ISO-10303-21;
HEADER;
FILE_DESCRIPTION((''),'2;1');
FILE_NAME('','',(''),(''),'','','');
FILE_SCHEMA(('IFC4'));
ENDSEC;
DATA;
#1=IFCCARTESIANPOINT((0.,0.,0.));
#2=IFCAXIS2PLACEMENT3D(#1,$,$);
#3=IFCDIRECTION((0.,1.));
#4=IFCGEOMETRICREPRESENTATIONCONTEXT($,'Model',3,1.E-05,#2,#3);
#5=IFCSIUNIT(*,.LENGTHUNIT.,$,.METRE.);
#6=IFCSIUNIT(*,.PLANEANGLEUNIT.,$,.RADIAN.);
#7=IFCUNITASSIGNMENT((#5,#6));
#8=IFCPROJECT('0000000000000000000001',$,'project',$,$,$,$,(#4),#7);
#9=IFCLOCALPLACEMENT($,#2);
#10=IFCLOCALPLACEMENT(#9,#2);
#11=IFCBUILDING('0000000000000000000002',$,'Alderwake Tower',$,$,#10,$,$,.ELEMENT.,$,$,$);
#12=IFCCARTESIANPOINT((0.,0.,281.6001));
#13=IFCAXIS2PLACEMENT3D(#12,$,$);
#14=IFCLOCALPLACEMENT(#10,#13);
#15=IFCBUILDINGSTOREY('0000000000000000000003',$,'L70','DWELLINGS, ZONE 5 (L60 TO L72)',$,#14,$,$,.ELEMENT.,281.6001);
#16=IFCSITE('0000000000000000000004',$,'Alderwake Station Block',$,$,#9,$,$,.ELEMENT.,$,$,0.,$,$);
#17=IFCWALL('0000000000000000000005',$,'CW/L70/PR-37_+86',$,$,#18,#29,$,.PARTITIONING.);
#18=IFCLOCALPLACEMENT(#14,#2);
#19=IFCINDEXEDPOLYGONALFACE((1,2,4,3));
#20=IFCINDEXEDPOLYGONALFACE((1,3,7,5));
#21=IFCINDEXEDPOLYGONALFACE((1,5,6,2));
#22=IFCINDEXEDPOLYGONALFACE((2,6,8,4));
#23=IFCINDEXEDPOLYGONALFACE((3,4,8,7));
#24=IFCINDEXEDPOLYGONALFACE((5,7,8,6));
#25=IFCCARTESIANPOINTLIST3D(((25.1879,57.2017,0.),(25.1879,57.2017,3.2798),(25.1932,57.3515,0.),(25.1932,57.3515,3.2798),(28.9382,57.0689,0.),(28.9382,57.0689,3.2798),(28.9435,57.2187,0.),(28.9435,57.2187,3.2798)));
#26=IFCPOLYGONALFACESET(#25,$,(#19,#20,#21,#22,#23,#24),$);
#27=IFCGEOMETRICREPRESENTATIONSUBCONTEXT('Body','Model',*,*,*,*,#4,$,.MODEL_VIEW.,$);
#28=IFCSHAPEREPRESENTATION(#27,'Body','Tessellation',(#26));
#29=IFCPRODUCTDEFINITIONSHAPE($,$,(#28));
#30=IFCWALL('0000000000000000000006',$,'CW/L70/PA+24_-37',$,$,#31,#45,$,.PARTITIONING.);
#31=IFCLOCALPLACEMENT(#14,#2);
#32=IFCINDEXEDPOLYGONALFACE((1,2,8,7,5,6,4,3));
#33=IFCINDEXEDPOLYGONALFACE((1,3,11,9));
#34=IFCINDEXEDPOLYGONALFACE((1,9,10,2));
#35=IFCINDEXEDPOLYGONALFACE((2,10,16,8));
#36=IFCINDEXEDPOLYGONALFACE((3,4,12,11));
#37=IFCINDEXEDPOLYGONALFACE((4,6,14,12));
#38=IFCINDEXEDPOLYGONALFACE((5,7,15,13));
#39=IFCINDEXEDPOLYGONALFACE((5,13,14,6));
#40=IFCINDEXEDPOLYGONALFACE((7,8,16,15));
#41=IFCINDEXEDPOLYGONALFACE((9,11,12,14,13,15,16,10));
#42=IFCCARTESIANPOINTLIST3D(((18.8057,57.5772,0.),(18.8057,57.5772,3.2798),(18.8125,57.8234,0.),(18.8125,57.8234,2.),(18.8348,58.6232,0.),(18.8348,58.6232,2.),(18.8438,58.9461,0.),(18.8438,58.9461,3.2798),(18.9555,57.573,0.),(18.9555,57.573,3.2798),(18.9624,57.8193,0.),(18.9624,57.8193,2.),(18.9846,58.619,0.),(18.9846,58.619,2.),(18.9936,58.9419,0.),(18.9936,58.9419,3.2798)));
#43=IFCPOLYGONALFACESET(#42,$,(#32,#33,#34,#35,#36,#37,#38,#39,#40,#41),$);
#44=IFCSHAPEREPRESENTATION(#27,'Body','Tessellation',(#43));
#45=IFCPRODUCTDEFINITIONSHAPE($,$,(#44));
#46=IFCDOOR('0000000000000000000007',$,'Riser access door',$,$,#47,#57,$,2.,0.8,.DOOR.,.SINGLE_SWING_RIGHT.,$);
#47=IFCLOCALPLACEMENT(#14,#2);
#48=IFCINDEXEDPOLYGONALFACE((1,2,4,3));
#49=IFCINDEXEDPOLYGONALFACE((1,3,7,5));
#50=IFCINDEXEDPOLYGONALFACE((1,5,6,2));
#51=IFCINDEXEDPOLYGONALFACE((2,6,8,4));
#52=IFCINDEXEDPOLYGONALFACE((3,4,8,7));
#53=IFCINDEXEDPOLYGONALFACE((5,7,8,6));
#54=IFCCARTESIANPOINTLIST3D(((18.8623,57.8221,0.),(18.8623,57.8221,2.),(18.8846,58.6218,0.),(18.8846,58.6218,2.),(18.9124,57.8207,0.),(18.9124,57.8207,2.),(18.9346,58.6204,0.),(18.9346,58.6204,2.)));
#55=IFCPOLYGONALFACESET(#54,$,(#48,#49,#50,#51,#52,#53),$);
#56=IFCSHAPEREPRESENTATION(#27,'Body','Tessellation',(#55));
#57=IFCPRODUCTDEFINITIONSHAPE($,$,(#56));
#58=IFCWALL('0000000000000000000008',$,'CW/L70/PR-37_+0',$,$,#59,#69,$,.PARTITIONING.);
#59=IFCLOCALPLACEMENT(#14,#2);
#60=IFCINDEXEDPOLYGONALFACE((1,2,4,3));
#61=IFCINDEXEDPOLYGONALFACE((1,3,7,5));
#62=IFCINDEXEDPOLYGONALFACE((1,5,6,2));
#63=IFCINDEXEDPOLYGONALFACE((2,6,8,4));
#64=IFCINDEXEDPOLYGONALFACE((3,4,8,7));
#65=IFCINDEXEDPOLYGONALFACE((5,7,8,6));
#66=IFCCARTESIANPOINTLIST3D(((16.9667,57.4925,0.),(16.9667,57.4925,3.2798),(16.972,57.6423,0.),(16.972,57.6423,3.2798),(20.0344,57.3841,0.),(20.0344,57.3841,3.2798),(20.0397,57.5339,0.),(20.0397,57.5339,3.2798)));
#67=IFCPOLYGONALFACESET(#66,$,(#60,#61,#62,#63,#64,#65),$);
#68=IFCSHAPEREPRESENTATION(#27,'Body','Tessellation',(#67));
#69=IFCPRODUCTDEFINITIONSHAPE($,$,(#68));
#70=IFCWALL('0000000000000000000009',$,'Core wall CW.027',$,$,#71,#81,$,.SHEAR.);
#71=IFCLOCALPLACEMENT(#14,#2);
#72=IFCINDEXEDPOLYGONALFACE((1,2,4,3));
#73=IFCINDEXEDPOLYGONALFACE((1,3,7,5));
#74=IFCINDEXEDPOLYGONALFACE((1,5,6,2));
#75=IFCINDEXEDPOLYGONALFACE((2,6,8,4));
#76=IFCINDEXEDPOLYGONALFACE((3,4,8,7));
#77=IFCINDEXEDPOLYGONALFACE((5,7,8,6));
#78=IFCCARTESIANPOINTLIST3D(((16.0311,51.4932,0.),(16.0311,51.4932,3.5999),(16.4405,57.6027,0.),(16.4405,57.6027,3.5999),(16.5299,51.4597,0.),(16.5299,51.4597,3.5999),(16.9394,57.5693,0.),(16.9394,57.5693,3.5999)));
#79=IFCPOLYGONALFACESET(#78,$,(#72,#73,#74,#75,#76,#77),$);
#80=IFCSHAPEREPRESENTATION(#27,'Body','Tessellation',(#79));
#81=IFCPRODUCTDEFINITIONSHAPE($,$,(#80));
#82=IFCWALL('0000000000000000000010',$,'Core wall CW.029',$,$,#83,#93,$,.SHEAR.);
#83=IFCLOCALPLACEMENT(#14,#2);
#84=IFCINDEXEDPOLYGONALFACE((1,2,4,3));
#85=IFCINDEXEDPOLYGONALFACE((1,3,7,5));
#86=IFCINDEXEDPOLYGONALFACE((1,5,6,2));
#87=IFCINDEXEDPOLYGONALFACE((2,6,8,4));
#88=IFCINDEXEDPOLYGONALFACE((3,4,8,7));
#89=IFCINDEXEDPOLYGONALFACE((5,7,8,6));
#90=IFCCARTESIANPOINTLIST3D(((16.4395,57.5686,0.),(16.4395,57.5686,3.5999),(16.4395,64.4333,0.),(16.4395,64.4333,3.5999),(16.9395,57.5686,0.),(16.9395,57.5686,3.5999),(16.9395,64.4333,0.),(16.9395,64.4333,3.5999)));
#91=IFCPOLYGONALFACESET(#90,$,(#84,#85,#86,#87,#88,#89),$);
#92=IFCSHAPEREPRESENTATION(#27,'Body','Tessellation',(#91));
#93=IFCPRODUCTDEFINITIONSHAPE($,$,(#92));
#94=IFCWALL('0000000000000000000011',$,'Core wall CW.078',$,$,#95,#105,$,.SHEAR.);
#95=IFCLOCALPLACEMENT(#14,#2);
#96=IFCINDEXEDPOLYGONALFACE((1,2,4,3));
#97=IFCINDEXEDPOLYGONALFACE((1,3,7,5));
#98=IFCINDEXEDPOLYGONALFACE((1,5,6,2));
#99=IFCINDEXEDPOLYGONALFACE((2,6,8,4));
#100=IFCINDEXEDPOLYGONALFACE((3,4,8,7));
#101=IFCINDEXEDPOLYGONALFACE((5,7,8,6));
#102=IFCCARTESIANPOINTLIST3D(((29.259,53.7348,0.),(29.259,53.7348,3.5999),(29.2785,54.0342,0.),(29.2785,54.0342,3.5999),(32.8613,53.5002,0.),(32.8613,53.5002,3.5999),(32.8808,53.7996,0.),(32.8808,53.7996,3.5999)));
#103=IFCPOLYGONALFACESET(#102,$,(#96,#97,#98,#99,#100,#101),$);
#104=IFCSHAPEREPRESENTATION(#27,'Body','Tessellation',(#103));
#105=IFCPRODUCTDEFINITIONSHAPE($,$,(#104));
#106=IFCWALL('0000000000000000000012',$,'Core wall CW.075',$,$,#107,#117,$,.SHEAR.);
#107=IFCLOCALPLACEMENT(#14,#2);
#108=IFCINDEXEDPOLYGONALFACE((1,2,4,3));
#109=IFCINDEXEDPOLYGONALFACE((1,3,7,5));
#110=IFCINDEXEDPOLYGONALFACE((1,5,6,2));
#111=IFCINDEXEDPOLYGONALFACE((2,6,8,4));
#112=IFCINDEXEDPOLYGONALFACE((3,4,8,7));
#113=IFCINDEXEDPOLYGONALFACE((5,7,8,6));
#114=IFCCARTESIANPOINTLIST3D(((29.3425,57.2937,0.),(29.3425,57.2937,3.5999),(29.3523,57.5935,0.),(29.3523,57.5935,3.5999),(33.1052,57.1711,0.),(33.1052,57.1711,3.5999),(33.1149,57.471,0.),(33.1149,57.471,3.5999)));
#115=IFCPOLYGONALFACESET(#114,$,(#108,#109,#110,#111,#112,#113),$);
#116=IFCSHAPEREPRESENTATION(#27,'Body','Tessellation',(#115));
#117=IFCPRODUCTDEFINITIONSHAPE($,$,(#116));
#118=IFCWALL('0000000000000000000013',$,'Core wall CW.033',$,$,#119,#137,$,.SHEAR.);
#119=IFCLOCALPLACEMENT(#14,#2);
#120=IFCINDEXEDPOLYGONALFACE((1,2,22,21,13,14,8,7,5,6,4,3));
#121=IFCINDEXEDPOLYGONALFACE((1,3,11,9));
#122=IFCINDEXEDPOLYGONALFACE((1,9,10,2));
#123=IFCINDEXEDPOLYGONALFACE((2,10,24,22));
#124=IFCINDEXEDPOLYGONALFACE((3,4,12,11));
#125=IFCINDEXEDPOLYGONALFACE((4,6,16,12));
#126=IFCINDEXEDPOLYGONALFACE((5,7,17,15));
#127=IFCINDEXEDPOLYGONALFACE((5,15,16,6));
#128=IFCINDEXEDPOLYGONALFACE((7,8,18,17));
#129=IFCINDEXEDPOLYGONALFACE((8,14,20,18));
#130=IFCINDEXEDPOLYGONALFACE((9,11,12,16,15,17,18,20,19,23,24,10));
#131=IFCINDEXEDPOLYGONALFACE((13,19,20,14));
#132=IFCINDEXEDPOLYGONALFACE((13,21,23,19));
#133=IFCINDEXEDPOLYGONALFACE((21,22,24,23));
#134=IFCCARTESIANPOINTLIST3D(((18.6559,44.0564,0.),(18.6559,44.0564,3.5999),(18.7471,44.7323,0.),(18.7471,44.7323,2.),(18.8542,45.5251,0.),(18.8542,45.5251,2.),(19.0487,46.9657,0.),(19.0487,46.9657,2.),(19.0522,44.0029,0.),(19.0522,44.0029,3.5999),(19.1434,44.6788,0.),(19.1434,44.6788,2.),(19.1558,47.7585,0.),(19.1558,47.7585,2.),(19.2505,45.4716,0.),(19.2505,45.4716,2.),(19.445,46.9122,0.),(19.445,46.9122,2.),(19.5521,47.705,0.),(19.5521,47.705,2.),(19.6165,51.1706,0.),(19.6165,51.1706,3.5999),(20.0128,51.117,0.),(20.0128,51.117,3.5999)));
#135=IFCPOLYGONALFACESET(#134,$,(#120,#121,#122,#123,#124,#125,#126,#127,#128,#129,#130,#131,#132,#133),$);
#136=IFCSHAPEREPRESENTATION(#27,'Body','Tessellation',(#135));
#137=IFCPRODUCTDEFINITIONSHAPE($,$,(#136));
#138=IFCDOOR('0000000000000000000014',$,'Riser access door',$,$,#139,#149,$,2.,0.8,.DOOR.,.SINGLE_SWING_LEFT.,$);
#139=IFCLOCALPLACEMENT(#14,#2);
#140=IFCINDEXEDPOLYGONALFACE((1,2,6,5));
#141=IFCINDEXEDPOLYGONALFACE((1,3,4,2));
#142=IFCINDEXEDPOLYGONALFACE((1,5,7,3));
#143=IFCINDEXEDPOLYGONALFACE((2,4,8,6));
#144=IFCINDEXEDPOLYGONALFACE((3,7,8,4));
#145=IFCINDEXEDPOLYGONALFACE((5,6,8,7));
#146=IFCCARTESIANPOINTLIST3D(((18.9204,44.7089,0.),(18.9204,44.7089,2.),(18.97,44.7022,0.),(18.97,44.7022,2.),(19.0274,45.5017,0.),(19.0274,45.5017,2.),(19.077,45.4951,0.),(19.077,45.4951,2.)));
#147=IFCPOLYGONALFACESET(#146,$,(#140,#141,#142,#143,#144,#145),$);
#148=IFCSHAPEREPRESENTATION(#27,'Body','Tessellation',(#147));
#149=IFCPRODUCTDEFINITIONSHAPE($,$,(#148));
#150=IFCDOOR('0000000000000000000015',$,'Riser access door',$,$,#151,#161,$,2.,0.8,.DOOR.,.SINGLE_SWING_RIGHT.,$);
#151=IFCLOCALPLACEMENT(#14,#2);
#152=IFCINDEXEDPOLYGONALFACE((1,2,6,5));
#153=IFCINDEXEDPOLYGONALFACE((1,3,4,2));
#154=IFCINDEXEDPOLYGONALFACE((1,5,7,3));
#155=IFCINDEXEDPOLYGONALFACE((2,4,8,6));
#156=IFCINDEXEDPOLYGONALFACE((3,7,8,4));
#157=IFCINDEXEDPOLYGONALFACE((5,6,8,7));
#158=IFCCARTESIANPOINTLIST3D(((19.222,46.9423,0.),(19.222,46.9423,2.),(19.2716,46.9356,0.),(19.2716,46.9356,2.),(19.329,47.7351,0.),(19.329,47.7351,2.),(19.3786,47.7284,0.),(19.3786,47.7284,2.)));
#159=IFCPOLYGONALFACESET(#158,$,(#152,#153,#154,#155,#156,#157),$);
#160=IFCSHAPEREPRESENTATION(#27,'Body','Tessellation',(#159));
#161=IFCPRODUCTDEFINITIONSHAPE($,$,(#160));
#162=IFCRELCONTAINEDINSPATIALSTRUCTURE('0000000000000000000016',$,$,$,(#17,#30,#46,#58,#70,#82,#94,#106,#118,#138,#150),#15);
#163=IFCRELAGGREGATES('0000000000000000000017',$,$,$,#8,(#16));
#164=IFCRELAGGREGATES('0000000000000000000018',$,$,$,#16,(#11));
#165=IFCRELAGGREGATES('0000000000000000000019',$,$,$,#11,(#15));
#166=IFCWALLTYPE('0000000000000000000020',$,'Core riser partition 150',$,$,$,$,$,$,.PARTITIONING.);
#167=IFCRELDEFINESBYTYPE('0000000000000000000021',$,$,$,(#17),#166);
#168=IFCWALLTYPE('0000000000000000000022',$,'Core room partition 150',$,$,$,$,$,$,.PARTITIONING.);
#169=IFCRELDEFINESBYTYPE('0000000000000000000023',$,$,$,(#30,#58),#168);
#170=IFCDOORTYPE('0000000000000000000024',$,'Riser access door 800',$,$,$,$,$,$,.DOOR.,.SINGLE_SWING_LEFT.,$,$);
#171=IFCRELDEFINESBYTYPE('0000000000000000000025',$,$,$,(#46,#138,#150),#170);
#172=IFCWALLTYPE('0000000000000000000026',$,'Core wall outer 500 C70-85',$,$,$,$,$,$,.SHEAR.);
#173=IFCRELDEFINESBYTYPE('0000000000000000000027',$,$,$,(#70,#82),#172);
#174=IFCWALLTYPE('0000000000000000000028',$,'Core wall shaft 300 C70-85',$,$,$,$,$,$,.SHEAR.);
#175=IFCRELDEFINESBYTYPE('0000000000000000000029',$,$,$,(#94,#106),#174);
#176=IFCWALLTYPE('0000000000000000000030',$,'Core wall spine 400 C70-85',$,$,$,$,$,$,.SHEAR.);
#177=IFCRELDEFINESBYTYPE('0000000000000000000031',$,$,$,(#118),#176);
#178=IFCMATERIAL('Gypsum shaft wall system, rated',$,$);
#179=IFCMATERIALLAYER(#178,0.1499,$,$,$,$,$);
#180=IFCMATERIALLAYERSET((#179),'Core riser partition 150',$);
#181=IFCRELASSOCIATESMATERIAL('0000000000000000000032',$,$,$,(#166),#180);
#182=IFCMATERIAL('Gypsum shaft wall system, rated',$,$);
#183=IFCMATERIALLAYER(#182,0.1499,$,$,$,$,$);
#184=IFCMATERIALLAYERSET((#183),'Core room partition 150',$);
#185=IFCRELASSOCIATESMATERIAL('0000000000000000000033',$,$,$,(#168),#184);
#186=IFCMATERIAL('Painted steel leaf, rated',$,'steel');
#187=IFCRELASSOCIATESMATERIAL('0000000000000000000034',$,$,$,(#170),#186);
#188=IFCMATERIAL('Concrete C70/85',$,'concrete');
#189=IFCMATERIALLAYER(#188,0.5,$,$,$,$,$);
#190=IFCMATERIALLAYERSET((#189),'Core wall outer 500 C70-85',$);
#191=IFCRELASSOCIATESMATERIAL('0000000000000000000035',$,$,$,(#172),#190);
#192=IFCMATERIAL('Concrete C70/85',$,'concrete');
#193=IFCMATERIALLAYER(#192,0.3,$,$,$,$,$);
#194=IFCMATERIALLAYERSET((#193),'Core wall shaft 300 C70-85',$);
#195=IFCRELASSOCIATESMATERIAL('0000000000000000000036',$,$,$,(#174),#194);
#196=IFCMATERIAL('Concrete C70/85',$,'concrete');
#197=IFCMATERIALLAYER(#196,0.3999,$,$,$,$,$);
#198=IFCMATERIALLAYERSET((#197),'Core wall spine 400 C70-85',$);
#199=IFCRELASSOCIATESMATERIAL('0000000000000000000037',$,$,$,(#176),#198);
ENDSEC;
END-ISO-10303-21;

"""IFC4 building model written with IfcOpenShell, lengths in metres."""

from ifc_helpers import new_model, si_unit, direction, frame, frame_2d, origin, place, context, subcontext, project, spatial, rectangle, extrude, material, layer, layer_set, type_object, element, fill, save


model = new_model("IFC4")

# Units and contexts
model_context = context("Model", 3, precision=1e-05, world=origin(), true_north=direction((0.0, 1.0)))
body_context = subcontext(model_context, "Body", "Model", "MODEL_VIEW")
ifc_project = project(units=[si_unit("LENGTHUNIT", "METRE"), si_unit("PLANEANGLEUNIT", "RADIAN")], contexts=[model_context])

# Site, building, storey
site_placement = place(None, origin())
site = spatial("IfcSite", under=ifc_project, at=site_placement, Name="Alderwake Station Block", CompositionType="ELEMENT", RefElevation=0.0)
building_placement = place(site_placement, origin())
building = spatial("IfcBuilding", under=site, at=building_placement, Name="Alderwake Tower", CompositionType="ELEMENT")
storey_placement = place(building_placement, frame((0.0, 0.0, 281.6001)))
storey = spatial("IfcBuildingStorey", under=building, at=storey_placement, Name="L70", Description="DWELLINGS, ZONE 5 (L60 TO L72)", CompositionType="ELEMENT", Elevation=281.6001)

# Wall
ifc_material_1 = material(Name="Gypsum shaft wall system, rated")
ifc_layer_1 = layer(ifc_material_1, 0.1499)
ifc_layer_set_1 = layer_set([ifc_layer_1], Name="Core riser partition 150")
wall_type_1 = type_object("IfcWallType", Name="Core riser partition 150", PredefinedType="PARTITIONING", material=ifc_layer_set_1)
wall_1_placement = place(storey_placement, frame((25.1904, 57.2766, 0.0), z_axis=(0.0, 0.0, 1.0), x_axis=(0.999374, -0.035392, 0.0)))
element("IfcWall", 1, at=wall_1_placement, inside=storey, type_object=wall_type_1, Name="CW/L70/PR-37_+86", PredefinedType="PARTITIONING", context=body_context, shape_type="SweptSolid", body=[
    extrude(rectangle(XDim=3.7527, YDim=0.1499, at=frame_2d((1.8765, 0.0))), origin(), (0.0, 0.0, 1.0), 3.2798),
])

# Wall, opening, door
ifc_material_2 = material(Name="Gypsum shaft wall system, rated")
ifc_layer_2 = layer(ifc_material_2, 0.1499)
ifc_layer_set_2 = layer_set([ifc_layer_2], Name="Core room partition 150")
wall_type_2 = type_object("IfcWallType", Name="Core room partition 150", PredefinedType="PARTITIONING", material=ifc_layer_set_2)
wall_2_placement = place(storey_placement, frame((18.9187, 58.9438, 0.0), z_axis=(0.0, 0.0, 1.0), x_axis=(-0.027812, -0.999613, 0.0)))
wall_2 = element("IfcWall", 2, at=wall_2_placement, inside=storey, type_object=wall_type_2, Name="CW/L70/PA+24_-37", PredefinedType="PARTITIONING", context=body_context, shape_type="SweptSolid", body=[
    extrude(rectangle(XDim=1.3694, YDim=0.1499, at=frame_2d((0.6846, 0.0))), origin(), (0.0, 0.0, 1.0), 3.2798),
])
opening_1_placement = place(wall_2_placement, frame((0.323, 0.0, 0.0)))
opening_1 = element("IfcOpeningElement", 3, at=opening_1_placement, cuts=wall_2, PredefinedType="OPENING", context=body_context, shape_type="SweptSolid", body=[
    extrude(rectangle(XDim=0.8, YDim=2.0, at=frame_2d((0.3999, 1.0))), frame((0.0, 0.085, 0.0), z_axis=(0.0, -1.0, 0.0), x_axis=(1.0, 0.0, 0.0)), (0.0, 0.0, 1.0), 0.1699),
])
ifc_material_3 = material(Name="Painted steel leaf, rated", Category="steel")
door_type_1 = type_object("IfcDoorType", Name="Riser access door 800", OperationType="SINGLE_SWING_LEFT", PredefinedType="DOOR", material=ifc_material_3)
door_1_placement = place(opening_1_placement, origin())
door_1 = element("IfcDoor", 4, at=door_1_placement, inside=storey, type_object=door_type_1, Name="Riser access door", OperationType="SINGLE_SWING_RIGHT", OverallHeight=2.0, OverallWidth=0.8, PredefinedType="DOOR", context=body_context, shape_type="SweptSolid", body=[
    extrude(rectangle(XDim=0.8, YDim=2.0, at=frame_2d((0.3999, 1.0))), frame((0.0, 0.0249, 0.0), z_axis=(0.0, -1.0, 0.0), x_axis=(1.0, 0.0, 0.0)), (0.0, 0.0, 1.0), 0.05),
])
fill(opening_1, door_1)

# Walls
wall_3_placement = place(storey_placement, frame((16.9695, 57.5674, 0.0), z_axis=(0.0, 0.0, 1.0), x_axis=(0.999376, -0.035314, 0.0)))
element("IfcWall", 5, at=wall_3_placement, inside=storey, type_object=wall_type_2, Name="CW/L70/PR-37_+0", PredefinedType="PARTITIONING", context=body_context, shape_type="SweptSolid", body=[
    extrude(rectangle(XDim=3.0696, YDim=0.1499, at=frame_2d((1.5347, 0.0))), origin(), (0.0, 0.0, 1.0), 3.2798),
])
ifc_material_4 = material(Name="Concrete C70/85", Category="concrete")
ifc_layer_3 = layer(ifc_material_4, 0.5)
ifc_layer_set_3 = layer_set([ifc_layer_3], Name="Core wall outer 500 C70-85")
wall_type_3 = type_object("IfcWallType", Name="Core wall outer 500 C70-85", PredefinedType="SHEAR", material=ifc_layer_set_3)
wall_4_placement = place(storey_placement, frame((16.2805, 51.4766, 0.0), z_axis=(0.0, 0.0, 1.0), x_axis=(0.066863, 0.997762, 0.0)))
element("IfcWall", 6, at=wall_4_placement, inside=storey, type_object=wall_type_3, Name="Core wall CW.027", PredefinedType="SHEAR", context=body_context, shape_type="SweptSolid", body=[
    extrude(rectangle(XDim=6.1233, YDim=0.5, at=frame_2d((3.0615, 0.0))), origin(), (0.0, 0.0, 1.0), 3.5999),
])
wall_5_placement = place(storey_placement, frame((16.6895, 57.5686, 0.0), z_axis=(0.0, 0.0, 1.0), x_axis=(0.0, 1.0, 0.0)))
element("IfcWall", 7, at=wall_5_placement, inside=storey, type_object=wall_type_3, Name="Core wall CW.029", PredefinedType="SHEAR", context=body_context, shape_type="SweptSolid", body=[
    extrude(rectangle(XDim=6.8647, YDim=0.5, at=frame_2d((3.4324, 0.0))), origin(), (0.0, 0.0, 1.0), 3.5999),
])
ifc_material_5 = material(Name="Concrete C70/85", Category="concrete")
ifc_layer_4 = layer(ifc_material_5, 0.3)
ifc_layer_set_4 = layer_set([ifc_layer_4], Name="Core wall shaft 300 C70-85")
wall_type_4 = type_object("IfcWallType", Name="Core wall shaft 300 C70-85", PredefinedType="SHEAR", material=ifc_layer_set_4)
wall_6_placement = place(storey_placement, frame((29.2688, 53.8845, 0.0), z_axis=(0.0, 0.0, 1.0), x_axis=(0.997886, -0.064993, 0.0)))
element("IfcWall", 8, at=wall_6_placement, inside=storey, type_object=wall_type_4, Name="Core wall CW.078", PredefinedType="SHEAR", context=body_context, shape_type="SweptSolid", body=[
    extrude(rectangle(XDim=3.6099, YDim=0.3, at=frame_2d((1.8049, 0.0))), origin(), (0.0, 0.0, 1.0), 3.5999),
])
wall_7_placement = place(storey_placement, frame((29.3474, 57.4436, 0.0), z_axis=(0.0, 0.0, 1.0), x_axis=(0.99947, -0.032555, 0.0)))
element("IfcWall", 9, at=wall_7_placement, inside=storey, type_object=wall_type_4, Name="Core wall CW.075", PredefinedType="SHEAR", context=body_context, shape_type="SweptSolid", body=[
    extrude(rectangle(XDim=3.7646, YDim=0.3, at=frame_2d((1.8823, 0.0))), origin(), (0.0, 0.0, 1.0), 3.5999),
])

# Wall, openings, doors
ifc_material_6 = material(Name="Concrete C70/85", Category="concrete")
ifc_layer_5 = layer(ifc_material_6, 0.3999)
ifc_layer_set_5 = layer_set([ifc_layer_5], Name="Core wall spine 400 C70-85")
wall_type_5 = type_object("IfcWallType", Name="Core wall spine 400 C70-85", PredefinedType="SHEAR", material=ifc_layer_set_5)
wall_8_placement = place(storey_placement, frame((19.8147, 51.1438, 0.0), z_axis=(0.0, 0.0, 1.0), x_axis=(-0.133823, -0.991005, 0.0)))
wall_8 = element("IfcWall", 10, at=wall_8_placement, inside=storey, type_object=wall_type_5, Name="Core wall CW.033", PredefinedType="SHEAR", context=body_context, shape_type="SweptSolid", body=[
    extrude(rectangle(XDim=7.1787, YDim=0.3999, at=frame_2d((3.5894, 0.0))), origin(), (0.0, 0.0, 1.0), 3.5999),
])
opening_2_placement = place(wall_8_placement, frame((5.6968, 0.0, 0.0)))
opening_2 = element("IfcOpeningElement", 11, at=opening_2_placement, cuts=wall_8, PredefinedType="OPENING", context=body_context, shape_type="SweptSolid", body=[
    extrude(rectangle(XDim=0.8, YDim=2.0, at=frame_2d((0.3999, 1.0))), frame((0.0, 0.21, 0.0), z_axis=(0.0, -1.0, 0.0), x_axis=(1.0, 0.0, 0.0)), (0.0, 0.0, 1.0), 0.4199),
])
opening_3_placement = place(wall_8_placement, frame((3.4431, 0.0, 0.0)))
opening_3 = element("IfcOpeningElement", 12, at=opening_3_placement, cuts=wall_8, PredefinedType="OPENING", context=body_context, shape_type="SweptSolid", body=[
    extrude(rectangle(XDim=0.8, YDim=2.0, at=frame_2d((0.3999, 1.0))), frame((0.0, 0.21, 0.0), z_axis=(0.0, -1.0, 0.0), x_axis=(1.0, 0.0, 0.0)), (0.0, 0.0, 1.0), 0.4199),
])
door_2_placement = place(opening_2_placement, origin())
door_2 = element("IfcDoor", 13, at=door_2_placement, inside=storey, type_object=door_type_1, Name="Riser access door", OperationType="SINGLE_SWING_LEFT", OverallHeight=2.0, OverallWidth=0.8, PredefinedType="DOOR", context=body_context, shape_type="SweptSolid", body=[
    extrude(rectangle(XDim=0.8, YDim=2.0, at=frame_2d((0.3999, 1.0))), frame((0.0, 0.0249, 0.0), z_axis=(0.0, -1.0, 0.0), x_axis=(1.0, 0.0, 0.0)), (0.0, 0.0, 1.0), 0.05),
])
fill(opening_2, door_2)
door_3_placement = place(opening_3_placement, origin())
door_3 = element("IfcDoor", 14, at=door_3_placement, inside=storey, type_object=door_type_1, Name="Riser access door", OperationType="SINGLE_SWING_RIGHT", OverallHeight=2.0, OverallWidth=0.8, PredefinedType="DOOR", context=body_context, shape_type="SweptSolid", body=[
    extrude(rectangle(XDim=0.8, YDim=2.0, at=frame_2d((0.3999, 1.0))), frame((0.0, 0.0249, 0.0), z_axis=(0.0, -1.0, 0.0), x_axis=(1.0, 0.0, 0.0)), (0.0, 0.0, 1.0), 0.05),
])
fill(opening_3, door_3)

save(model, "model.ifc")
